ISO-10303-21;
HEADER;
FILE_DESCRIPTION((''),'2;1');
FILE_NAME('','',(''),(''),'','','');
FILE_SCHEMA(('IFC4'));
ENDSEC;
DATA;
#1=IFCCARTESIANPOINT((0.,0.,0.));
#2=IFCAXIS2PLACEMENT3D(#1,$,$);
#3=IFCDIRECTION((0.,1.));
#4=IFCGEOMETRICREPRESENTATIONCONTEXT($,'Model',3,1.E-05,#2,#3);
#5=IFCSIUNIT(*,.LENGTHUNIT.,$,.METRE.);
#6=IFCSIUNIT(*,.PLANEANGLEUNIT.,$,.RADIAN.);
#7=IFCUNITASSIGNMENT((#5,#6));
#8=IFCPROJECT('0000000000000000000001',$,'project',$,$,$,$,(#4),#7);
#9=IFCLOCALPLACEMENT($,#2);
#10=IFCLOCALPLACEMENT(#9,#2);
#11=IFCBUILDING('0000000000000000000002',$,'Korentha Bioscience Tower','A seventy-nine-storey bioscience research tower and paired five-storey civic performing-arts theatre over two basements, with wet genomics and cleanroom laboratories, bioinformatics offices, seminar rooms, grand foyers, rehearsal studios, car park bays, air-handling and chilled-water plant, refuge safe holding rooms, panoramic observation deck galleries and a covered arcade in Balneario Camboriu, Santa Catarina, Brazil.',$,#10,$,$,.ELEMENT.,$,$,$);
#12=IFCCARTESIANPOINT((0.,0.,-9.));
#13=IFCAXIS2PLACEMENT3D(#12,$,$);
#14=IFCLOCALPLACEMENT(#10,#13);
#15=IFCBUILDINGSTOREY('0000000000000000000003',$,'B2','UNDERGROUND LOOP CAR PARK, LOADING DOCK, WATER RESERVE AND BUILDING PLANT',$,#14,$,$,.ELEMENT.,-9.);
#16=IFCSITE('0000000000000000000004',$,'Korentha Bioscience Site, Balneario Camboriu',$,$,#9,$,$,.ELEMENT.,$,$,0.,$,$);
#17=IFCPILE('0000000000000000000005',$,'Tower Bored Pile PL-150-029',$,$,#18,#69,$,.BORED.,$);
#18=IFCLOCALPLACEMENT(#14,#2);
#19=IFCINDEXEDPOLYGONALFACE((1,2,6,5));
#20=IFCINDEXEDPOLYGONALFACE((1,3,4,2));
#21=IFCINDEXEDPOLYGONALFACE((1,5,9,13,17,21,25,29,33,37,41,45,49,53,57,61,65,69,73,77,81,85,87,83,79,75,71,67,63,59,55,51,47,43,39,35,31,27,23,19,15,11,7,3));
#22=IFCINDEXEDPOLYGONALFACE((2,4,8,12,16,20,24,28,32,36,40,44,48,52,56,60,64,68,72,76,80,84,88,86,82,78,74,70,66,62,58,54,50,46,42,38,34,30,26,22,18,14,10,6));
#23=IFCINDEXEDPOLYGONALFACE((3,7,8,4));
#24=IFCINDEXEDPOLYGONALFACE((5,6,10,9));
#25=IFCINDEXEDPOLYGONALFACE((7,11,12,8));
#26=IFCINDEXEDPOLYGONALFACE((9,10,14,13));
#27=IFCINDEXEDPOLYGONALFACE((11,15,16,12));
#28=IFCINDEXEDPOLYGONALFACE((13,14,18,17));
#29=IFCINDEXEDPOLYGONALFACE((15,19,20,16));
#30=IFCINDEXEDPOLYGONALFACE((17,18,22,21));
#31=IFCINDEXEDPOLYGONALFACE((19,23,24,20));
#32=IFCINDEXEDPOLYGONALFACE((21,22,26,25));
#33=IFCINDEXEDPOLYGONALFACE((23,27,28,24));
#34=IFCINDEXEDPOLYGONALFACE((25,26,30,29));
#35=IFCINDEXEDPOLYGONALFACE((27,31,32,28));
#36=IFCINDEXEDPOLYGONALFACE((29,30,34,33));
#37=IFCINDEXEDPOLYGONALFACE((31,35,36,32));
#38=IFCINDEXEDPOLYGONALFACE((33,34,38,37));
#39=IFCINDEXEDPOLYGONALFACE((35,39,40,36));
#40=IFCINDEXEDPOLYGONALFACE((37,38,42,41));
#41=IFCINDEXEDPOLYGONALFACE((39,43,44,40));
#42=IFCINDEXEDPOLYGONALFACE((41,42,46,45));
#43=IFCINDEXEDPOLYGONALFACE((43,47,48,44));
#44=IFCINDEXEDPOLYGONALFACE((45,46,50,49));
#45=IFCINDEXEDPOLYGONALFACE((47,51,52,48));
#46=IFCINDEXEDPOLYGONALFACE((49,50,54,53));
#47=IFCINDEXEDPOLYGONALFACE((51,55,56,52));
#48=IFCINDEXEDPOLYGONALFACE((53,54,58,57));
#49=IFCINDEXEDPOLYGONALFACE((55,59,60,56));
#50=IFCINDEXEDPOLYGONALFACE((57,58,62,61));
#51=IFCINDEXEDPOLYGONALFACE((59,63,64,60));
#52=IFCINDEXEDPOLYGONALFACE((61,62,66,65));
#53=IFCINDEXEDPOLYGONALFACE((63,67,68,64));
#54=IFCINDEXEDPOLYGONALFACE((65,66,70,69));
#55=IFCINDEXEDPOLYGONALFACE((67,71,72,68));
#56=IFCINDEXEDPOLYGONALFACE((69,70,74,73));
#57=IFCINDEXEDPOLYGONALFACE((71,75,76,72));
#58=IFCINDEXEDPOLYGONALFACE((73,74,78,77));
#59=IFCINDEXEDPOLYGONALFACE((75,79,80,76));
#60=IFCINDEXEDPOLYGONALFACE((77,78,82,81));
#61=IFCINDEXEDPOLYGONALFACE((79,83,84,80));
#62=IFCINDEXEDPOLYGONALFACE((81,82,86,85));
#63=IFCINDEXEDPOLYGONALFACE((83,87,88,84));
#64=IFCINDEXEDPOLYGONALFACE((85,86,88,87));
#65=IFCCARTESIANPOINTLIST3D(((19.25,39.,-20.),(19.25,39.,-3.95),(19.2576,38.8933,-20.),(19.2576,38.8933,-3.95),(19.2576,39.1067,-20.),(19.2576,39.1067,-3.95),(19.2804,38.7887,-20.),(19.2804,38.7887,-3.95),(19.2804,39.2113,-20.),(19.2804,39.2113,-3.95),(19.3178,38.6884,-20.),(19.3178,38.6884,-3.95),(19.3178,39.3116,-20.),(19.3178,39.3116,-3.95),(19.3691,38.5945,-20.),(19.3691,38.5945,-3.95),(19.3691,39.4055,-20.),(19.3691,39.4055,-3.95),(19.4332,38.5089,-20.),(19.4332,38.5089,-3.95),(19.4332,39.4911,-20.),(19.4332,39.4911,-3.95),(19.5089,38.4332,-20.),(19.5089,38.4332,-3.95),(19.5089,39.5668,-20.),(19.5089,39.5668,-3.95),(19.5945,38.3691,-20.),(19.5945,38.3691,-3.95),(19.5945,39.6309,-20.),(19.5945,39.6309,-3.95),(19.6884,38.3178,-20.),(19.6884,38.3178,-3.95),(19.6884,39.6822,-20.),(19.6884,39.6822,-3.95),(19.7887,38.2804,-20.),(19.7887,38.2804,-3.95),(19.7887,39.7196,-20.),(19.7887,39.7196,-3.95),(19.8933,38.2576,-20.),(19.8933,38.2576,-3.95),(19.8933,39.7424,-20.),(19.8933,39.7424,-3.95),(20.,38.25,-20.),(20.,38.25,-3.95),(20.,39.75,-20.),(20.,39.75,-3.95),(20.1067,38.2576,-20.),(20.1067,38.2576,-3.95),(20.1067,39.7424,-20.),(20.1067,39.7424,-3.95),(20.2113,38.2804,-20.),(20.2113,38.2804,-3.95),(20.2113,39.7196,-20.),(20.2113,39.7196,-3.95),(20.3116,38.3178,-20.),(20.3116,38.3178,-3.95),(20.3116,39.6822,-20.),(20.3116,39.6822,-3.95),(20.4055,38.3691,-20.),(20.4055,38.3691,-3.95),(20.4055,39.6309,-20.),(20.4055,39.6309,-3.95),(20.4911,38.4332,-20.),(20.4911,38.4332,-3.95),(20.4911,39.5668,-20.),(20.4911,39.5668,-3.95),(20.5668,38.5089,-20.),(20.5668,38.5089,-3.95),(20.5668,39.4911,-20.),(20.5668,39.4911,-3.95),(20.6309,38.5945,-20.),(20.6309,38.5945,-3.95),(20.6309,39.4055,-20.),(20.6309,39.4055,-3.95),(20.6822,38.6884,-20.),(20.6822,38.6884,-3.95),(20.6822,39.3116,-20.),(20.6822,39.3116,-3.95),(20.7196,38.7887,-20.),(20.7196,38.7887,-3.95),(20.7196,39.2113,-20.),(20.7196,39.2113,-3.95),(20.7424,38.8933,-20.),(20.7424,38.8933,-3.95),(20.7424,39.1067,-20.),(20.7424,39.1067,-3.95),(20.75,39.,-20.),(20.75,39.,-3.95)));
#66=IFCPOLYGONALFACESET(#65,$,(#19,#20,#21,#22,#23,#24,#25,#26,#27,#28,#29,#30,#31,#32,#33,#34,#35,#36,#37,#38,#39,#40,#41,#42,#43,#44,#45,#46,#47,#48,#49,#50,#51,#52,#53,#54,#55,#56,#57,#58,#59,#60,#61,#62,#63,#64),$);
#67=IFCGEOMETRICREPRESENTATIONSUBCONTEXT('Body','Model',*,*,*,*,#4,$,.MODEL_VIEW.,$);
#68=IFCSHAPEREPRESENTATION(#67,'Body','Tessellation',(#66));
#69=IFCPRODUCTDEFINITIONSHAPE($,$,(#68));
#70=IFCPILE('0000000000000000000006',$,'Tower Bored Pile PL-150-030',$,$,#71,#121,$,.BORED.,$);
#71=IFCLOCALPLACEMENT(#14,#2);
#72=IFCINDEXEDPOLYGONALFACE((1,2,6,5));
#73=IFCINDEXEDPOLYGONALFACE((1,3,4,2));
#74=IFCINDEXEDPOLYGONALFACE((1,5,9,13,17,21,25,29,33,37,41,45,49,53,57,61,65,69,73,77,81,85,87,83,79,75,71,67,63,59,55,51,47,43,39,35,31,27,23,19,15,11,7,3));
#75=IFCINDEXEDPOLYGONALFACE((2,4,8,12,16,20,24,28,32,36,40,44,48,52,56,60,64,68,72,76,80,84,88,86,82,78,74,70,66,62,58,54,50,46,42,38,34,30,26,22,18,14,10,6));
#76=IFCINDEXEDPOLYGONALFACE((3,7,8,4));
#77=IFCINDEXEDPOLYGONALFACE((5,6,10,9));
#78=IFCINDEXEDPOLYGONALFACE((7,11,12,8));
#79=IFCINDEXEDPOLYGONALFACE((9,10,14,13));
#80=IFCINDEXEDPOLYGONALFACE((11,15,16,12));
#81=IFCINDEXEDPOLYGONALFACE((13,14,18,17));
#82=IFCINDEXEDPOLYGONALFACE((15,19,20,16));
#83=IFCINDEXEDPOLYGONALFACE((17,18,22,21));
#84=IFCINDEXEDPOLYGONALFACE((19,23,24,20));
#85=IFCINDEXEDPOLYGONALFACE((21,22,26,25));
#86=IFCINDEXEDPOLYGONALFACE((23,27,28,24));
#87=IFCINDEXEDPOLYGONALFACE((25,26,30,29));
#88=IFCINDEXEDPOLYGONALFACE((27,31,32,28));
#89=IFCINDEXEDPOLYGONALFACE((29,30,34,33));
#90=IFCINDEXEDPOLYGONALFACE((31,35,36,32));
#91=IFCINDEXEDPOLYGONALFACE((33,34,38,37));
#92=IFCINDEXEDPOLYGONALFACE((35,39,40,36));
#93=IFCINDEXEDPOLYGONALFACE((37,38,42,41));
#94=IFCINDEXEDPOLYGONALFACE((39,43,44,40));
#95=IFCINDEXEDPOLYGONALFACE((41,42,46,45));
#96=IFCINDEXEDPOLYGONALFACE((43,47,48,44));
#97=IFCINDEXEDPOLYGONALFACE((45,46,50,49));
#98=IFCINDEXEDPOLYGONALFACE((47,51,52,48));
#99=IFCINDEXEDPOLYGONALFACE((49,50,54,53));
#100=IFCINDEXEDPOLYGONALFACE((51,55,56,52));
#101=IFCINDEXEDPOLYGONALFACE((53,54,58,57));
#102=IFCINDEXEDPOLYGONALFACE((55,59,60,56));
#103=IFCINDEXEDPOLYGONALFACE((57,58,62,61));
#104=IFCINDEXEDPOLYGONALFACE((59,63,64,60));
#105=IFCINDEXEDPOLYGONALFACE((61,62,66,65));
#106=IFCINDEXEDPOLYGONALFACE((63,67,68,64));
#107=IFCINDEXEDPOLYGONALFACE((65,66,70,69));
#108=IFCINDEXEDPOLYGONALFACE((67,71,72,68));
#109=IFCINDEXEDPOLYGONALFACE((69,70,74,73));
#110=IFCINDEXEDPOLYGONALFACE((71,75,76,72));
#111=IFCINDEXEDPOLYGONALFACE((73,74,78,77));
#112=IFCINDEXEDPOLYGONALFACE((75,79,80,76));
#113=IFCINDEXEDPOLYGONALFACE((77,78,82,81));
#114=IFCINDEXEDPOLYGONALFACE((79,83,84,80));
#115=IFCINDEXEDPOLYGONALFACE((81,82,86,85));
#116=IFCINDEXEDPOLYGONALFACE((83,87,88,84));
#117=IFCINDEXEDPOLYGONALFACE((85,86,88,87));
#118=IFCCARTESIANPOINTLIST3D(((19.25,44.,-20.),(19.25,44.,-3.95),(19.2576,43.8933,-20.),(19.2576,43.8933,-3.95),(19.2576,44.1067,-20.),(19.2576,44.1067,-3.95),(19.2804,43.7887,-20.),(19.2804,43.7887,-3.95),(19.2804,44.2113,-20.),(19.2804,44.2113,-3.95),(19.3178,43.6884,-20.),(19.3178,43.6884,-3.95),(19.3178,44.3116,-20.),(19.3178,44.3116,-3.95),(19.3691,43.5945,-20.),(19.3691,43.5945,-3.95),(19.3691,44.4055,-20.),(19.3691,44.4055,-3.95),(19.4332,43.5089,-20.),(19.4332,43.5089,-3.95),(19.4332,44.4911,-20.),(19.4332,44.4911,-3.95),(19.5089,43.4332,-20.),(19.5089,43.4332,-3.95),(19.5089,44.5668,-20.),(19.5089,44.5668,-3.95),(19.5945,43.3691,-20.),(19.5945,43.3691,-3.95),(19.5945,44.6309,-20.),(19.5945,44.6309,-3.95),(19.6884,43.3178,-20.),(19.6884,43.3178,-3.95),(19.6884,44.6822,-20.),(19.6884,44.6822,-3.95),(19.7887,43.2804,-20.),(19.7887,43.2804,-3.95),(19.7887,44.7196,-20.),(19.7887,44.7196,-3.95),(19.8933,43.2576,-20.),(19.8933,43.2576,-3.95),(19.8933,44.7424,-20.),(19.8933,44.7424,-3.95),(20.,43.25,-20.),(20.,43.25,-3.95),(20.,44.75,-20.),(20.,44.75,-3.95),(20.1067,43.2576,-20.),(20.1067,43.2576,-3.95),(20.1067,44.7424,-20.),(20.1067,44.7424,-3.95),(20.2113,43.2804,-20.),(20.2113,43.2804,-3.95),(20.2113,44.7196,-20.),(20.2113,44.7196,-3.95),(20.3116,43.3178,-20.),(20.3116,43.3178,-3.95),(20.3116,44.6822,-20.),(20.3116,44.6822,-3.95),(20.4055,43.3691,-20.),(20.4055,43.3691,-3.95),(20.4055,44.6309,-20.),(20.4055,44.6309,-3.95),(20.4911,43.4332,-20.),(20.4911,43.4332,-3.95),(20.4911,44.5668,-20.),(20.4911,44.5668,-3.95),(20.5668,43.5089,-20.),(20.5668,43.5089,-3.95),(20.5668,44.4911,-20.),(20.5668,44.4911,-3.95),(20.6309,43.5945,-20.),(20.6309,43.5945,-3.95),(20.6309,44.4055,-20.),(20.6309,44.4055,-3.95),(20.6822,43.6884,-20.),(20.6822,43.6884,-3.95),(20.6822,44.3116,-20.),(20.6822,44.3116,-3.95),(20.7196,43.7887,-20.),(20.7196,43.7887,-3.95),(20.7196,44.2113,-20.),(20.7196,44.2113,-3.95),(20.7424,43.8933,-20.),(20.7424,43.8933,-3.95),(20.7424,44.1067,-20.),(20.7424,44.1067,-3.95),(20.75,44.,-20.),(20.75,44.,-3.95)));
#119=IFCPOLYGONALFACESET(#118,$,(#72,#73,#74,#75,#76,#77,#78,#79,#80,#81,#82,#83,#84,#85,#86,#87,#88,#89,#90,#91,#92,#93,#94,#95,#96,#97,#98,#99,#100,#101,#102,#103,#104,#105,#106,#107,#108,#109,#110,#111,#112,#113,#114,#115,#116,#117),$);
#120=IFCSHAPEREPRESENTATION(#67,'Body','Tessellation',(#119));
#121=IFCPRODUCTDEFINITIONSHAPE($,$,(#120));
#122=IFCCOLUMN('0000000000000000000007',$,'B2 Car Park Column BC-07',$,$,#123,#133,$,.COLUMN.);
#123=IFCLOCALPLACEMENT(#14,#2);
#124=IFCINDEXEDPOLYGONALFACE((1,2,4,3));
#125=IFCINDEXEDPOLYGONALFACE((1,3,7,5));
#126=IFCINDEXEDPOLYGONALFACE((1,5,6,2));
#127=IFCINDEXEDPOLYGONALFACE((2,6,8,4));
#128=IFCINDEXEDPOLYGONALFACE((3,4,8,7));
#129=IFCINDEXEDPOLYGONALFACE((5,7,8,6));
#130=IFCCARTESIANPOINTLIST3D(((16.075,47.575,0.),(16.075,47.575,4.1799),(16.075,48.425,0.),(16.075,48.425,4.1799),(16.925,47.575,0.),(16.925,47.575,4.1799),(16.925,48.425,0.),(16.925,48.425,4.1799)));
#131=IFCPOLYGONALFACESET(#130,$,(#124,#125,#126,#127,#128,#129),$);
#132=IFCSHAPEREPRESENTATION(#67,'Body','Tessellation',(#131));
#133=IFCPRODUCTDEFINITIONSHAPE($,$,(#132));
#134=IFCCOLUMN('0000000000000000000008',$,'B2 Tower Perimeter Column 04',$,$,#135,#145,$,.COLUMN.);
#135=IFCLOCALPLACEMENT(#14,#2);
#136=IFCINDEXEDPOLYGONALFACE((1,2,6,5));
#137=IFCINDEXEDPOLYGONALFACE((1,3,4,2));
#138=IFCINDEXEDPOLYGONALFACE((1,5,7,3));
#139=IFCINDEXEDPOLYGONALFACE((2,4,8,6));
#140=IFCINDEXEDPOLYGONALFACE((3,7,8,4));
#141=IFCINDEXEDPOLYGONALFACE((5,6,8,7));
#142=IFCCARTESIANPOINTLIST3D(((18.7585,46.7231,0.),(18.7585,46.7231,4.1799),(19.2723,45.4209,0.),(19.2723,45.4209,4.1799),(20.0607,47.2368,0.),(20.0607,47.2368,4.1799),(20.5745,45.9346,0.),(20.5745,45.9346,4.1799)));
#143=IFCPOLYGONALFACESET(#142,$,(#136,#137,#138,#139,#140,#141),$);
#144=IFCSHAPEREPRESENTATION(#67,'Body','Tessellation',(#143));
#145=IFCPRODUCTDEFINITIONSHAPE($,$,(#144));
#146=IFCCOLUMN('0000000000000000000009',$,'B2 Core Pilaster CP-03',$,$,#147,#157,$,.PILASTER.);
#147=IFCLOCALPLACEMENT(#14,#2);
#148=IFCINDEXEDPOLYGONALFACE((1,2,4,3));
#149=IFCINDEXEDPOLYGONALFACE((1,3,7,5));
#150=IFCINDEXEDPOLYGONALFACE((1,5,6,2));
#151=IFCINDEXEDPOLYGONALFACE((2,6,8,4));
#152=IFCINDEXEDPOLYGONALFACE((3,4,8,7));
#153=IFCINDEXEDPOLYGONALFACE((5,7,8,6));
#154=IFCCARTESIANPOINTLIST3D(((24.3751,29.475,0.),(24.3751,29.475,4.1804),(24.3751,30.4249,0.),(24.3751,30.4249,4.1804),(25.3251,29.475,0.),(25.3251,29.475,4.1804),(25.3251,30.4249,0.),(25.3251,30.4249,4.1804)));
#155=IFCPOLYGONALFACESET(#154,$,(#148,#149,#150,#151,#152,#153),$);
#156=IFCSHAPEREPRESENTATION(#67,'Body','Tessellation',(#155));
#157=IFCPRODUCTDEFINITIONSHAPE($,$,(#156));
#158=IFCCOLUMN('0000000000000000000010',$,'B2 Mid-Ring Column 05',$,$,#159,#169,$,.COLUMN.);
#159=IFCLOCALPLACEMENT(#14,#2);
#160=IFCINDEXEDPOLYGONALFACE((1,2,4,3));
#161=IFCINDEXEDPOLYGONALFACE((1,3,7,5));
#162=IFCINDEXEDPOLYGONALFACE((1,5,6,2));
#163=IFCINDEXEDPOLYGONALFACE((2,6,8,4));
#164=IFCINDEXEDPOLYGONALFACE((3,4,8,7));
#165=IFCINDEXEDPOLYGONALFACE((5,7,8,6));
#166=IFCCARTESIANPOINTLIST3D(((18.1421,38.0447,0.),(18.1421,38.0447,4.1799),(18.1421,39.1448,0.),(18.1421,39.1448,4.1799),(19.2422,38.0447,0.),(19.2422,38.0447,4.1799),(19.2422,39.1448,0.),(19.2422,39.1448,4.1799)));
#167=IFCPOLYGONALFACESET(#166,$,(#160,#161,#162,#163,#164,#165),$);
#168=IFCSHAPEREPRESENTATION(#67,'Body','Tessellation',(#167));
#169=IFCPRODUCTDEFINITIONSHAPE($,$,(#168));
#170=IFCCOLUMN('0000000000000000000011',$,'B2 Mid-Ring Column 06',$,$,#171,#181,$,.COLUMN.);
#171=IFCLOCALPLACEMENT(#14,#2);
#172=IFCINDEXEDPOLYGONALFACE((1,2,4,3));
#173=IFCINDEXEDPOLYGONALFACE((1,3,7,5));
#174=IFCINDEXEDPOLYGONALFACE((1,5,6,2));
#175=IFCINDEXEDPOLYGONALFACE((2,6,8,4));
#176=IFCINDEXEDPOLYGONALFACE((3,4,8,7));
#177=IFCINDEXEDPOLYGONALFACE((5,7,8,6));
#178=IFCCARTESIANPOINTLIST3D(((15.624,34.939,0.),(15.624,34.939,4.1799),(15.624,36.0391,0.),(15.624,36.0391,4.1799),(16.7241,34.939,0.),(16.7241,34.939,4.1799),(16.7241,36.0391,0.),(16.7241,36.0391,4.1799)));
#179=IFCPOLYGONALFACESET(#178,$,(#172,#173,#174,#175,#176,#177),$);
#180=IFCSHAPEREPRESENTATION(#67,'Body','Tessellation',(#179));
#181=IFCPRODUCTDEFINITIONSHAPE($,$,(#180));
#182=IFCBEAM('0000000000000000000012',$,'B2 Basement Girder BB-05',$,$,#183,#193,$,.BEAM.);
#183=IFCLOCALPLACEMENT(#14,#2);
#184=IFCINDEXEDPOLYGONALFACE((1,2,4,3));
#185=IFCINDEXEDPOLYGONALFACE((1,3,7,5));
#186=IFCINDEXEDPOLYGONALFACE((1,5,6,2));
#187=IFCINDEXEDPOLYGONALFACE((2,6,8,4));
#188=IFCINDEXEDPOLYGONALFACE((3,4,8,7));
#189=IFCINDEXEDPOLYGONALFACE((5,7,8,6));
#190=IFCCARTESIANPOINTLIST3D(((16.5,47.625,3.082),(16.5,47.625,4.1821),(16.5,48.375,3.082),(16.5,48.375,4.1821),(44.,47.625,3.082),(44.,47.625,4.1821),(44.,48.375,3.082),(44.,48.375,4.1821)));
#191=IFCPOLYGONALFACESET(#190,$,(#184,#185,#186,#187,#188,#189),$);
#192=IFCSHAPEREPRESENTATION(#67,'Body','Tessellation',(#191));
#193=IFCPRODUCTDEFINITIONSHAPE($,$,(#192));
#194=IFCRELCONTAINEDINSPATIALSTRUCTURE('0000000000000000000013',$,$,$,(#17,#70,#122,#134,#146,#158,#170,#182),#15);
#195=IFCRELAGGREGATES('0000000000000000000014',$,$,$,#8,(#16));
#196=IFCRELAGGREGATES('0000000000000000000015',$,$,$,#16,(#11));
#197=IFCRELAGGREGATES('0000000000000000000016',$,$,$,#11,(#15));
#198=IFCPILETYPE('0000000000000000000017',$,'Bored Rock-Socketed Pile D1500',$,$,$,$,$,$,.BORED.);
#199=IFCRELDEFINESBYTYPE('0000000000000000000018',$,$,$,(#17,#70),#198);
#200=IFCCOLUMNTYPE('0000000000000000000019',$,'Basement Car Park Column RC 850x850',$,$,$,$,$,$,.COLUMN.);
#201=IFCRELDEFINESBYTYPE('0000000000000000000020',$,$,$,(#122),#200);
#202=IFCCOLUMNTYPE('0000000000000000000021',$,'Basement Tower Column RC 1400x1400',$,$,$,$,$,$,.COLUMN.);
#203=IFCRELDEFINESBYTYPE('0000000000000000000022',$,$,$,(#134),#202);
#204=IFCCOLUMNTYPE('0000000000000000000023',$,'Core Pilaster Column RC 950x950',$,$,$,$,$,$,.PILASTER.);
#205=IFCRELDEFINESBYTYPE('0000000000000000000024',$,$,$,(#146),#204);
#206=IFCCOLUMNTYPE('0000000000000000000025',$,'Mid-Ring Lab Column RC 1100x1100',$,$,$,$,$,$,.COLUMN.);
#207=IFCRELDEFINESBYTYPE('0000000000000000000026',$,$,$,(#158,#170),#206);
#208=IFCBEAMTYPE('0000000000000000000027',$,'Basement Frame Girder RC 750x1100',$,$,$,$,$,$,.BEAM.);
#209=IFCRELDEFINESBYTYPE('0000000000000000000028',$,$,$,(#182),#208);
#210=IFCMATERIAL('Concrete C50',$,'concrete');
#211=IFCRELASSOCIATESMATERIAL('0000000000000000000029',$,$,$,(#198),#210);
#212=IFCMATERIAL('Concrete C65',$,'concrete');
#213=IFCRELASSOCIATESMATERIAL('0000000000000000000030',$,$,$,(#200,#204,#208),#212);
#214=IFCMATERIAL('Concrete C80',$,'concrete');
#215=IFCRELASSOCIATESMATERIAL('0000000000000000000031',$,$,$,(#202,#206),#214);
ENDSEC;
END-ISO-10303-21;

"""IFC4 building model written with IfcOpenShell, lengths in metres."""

from ifc_helpers import new_model, si_unit, direction, frame, origin, origin_2d, place, context, subcontext, project, spatial, rectangle, circle, extrude, material, material_profile, profile_set, type_object, element, save


model = new_model("IFC4")

# Units and contexts
model_context = context("Model", 3, precision=1e-05, world=origin(), true_north=direction((0.0, 1.0)))
body_context = subcontext(model_context, "Body", "Model", "MODEL_VIEW")
ifc_project = project(units=[si_unit("LENGTHUNIT", "METRE"), si_unit("PLANEANGLEUNIT", "RADIAN")], contexts=[model_context])

# Site, building, storey
site_placement = place(None, origin())
site = spatial("IfcSite", under=ifc_project, at=site_placement, Name="Korentha Bioscience Site, Balneario Camboriu", CompositionType="ELEMENT", RefElevation=0.0)
building_placement = place(site_placement, origin())
building = spatial("IfcBuilding", under=site, at=building_placement, Name="Korentha Bioscience Tower", Description="A seventy-nine-storey bioscience research tower and paired five-storey civic performing-arts theatre over two basements, with wet genomics and cleanroom laboratories, bioinformatics offices, seminar rooms, grand foyers, rehearsal studios, car park bays, air-handling and chilled-water plant, refuge safe holding rooms, panoramic observation deck galleries and a covered arcade in Balneario Camboriu, Santa Catarina, Brazil.", CompositionType="ELEMENT")
storey_placement = place(building_placement, frame((0.0, 0.0, -9.0)))
storey = spatial("IfcBuildingStorey", under=building, at=storey_placement, Name="B2", Description="UNDERGROUND LOOP CAR PARK, LOADING DOCK, WATER RESERVE AND BUILDING PLANT", CompositionType="ELEMENT", Elevation=-9.0)

# Piles
ifc_material_1 = material(Name="Concrete C50", Category="concrete")
ifc_material_profile_1 = material_profile(ifc_material_1, circle(Radius=0.75, at=origin_2d()), Name="Concrete C50")
ifc_profile_set_1 = profile_set([ifc_material_profile_1], Name="Concrete C50 (PL-150)")
pile_type = type_object("IfcPileType", Name="Bored Rock-Socketed Pile D1500", PredefinedType="BORED", material=ifc_profile_set_1)
for number, where, z_axis, x_axis, name in (
    (1, (20.0, 39.0, -3.95), (0.0, 0.0, -1.0), (1.0, 0.0, 0.0), "Tower Bored Pile PL-150-029"),
    (2, (20.0, 44.0, -3.95), (0.0, 0.0, -1.0), (1.0, 0.0, 0.0), "Tower Bored Pile PL-150-030"),
):
    element("IfcPile", number, at=place(storey_placement, frame(where, z_axis=z_axis, x_axis=x_axis)), inside=storey, type_object=pile_type, Name=name, PredefinedType="BORED", context=body_context, shape_type="SweptSolid", body=[
        extrude(circle(Radius=0.75, at=origin_2d()), origin(), (0.0, 0.0, 1.0), 16.05),
    ])

# Columns
ifc_material_2 = material(Name="Concrete C65", Category="concrete")
ifc_material_profile_2 = material_profile(ifc_material_2, rectangle(XDim=0.8501, YDim=0.8501, at=origin_2d()), Name="Concrete C65")
ifc_profile_set_2 = profile_set([ifc_material_profile_2], Name="Concrete C65 (BC-01)")
column_type_1 = type_object("IfcColumnType", Name="Basement Car Park Column RC 850x850", PredefinedType="COLUMN", material=ifc_profile_set_2)
column_1_placement = place(storey_placement, frame((16.5, 48.0, 0.0), z_axis=(0.0, 0.0, 1.0), x_axis=(1.0, 0.0, 0.0)))
element("IfcColumn", 3, at=column_1_placement, inside=storey, type_object=column_type_1, Name="B2 Car Park Column BC-07", PredefinedType="COLUMN", context=body_context, shape_type="SweptSolid", body=[
    extrude(rectangle(XDim=0.8501, YDim=0.8501, at=origin_2d()), origin(), (0.0, 0.0, 1.0), 4.1799),
])
ifc_material_3 = material(Name="Concrete C80", Category="concrete")
ifc_material_profile_3 = material_profile(ifc_material_3, rectangle(XDim=1.3999, YDim=1.3999, at=origin_2d()), Name="Concrete C80")
ifc_profile_set_3 = profile_set([ifc_material_profile_3], Name="Concrete C80 (COL-B14)")
column_type_2 = type_object("IfcColumnType", Name="Basement Tower Column RC 1400x1400", PredefinedType="COLUMN", material=ifc_profile_set_3)
column_2_placement = place(storey_placement, frame((19.6665, 46.3289, 0.0), z_axis=(0.0, 0.0, 1.0), x_axis=(0.930226, 0.366988, 0.0)))
element("IfcColumn", 4, at=column_2_placement, inside=storey, type_object=column_type_2, Name="B2 Tower Perimeter Column 04", PredefinedType="COLUMN", context=body_context, shape_type="SweptSolid", body=[
    extrude(rectangle(XDim=1.3999, YDim=1.3999, at=origin_2d()), origin(), (0.0, 0.0, 1.0), 4.1799),
])
ifc_material_profile_4 = material_profile(ifc_material_2, rectangle(XDim=0.95, YDim=0.95, at=origin_2d()), Name="Concrete C65")
ifc_profile_set_4 = profile_set([ifc_material_profile_4], Name="Concrete C65 (COL-CP09)")
column_type_3 = type_object("IfcColumnType", Name="Core Pilaster Column RC 950x950", PredefinedType="PILASTER", material=ifc_profile_set_4)
column_3_placement = place(storey_placement, frame((24.8501, 29.95, 0.0), z_axis=(0.0, 0.0, 1.0), x_axis=(1.0, 0.0, 0.0)))
element("IfcColumn", 5, at=column_3_placement, inside=storey, type_object=column_type_3, Name="B2 Core Pilaster CP-03", PredefinedType="PILASTER", context=body_context, shape_type="SweptSolid", body=[
    extrude(rectangle(XDim=0.95, YDim=0.95, at=origin_2d()), origin(), (0.0, 0.0, 1.0), 4.1804),
])
ifc_material_profile_5 = material_profile(ifc_material_3, rectangle(XDim=1.1001, YDim=1.1001, at=origin_2d()), Name="Concrete C80")
ifc_profile_set_5 = profile_set([ifc_material_profile_5], Name="Concrete C80 (COL-MR11)")
column_type_4 = type_object("IfcColumnType", Name="Mid-Ring Lab Column RC 1100x1100", PredefinedType="COLUMN", material=ifc_profile_set_5)
for number, where, z_axis, x_axis, name in (
    (6, (18.6921, 38.5947, 0.0), (0.0, 0.0, 1.0), (1.0, 0.0, 0.0), "B2 Mid-Ring Column 05"),
    (7, (16.1741, 35.489, 0.0), (0.0, 0.0, 1.0), (1.0, 0.0, 0.0), "B2 Mid-Ring Column 06"),
):
    element("IfcColumn", number, at=place(storey_placement, frame(where, z_axis=z_axis, x_axis=x_axis)), inside=storey, type_object=column_type_4, Name=name, PredefinedType="COLUMN", context=body_context, shape_type="SweptSolid", body=[
        extrude(rectangle(XDim=1.1001, YDim=1.1001, at=origin_2d()), origin(), (0.0, 0.0, 1.0), 4.1799),
    ])

# Beam
ifc_material_profile_6 = material_profile(ifc_material_2, rectangle(XDim=0.75, YDim=1.1001, at=origin_2d()), Name="Concrete C65")
ifc_profile_set_6 = profile_set([ifc_material_profile_6], Name="Concrete C65 (BB-750)")
beam_type = type_object("IfcBeamType", Name="Basement Frame Girder RC 750x1100", PredefinedType="BEAM", material=ifc_profile_set_6)
beam_placement = place(storey_placement, frame((16.5, 48.0, 3.6321), z_axis=(1.0, 0.0, 0.0), x_axis=(0.0, 1.0, 0.0)))
element("IfcBeam", 8, at=beam_placement, inside=storey, type_object=beam_type, Name="B2 Basement Girder BB-05", PredefinedType="BEAM", context=body_context, shape_type="SweptSolid", body=[
    extrude(rectangle(XDim=0.75, YDim=1.1001, at=origin_2d()), origin(), (0.0, 0.0, 1.0), 27.5),
])

save(model, "model.ifc")
